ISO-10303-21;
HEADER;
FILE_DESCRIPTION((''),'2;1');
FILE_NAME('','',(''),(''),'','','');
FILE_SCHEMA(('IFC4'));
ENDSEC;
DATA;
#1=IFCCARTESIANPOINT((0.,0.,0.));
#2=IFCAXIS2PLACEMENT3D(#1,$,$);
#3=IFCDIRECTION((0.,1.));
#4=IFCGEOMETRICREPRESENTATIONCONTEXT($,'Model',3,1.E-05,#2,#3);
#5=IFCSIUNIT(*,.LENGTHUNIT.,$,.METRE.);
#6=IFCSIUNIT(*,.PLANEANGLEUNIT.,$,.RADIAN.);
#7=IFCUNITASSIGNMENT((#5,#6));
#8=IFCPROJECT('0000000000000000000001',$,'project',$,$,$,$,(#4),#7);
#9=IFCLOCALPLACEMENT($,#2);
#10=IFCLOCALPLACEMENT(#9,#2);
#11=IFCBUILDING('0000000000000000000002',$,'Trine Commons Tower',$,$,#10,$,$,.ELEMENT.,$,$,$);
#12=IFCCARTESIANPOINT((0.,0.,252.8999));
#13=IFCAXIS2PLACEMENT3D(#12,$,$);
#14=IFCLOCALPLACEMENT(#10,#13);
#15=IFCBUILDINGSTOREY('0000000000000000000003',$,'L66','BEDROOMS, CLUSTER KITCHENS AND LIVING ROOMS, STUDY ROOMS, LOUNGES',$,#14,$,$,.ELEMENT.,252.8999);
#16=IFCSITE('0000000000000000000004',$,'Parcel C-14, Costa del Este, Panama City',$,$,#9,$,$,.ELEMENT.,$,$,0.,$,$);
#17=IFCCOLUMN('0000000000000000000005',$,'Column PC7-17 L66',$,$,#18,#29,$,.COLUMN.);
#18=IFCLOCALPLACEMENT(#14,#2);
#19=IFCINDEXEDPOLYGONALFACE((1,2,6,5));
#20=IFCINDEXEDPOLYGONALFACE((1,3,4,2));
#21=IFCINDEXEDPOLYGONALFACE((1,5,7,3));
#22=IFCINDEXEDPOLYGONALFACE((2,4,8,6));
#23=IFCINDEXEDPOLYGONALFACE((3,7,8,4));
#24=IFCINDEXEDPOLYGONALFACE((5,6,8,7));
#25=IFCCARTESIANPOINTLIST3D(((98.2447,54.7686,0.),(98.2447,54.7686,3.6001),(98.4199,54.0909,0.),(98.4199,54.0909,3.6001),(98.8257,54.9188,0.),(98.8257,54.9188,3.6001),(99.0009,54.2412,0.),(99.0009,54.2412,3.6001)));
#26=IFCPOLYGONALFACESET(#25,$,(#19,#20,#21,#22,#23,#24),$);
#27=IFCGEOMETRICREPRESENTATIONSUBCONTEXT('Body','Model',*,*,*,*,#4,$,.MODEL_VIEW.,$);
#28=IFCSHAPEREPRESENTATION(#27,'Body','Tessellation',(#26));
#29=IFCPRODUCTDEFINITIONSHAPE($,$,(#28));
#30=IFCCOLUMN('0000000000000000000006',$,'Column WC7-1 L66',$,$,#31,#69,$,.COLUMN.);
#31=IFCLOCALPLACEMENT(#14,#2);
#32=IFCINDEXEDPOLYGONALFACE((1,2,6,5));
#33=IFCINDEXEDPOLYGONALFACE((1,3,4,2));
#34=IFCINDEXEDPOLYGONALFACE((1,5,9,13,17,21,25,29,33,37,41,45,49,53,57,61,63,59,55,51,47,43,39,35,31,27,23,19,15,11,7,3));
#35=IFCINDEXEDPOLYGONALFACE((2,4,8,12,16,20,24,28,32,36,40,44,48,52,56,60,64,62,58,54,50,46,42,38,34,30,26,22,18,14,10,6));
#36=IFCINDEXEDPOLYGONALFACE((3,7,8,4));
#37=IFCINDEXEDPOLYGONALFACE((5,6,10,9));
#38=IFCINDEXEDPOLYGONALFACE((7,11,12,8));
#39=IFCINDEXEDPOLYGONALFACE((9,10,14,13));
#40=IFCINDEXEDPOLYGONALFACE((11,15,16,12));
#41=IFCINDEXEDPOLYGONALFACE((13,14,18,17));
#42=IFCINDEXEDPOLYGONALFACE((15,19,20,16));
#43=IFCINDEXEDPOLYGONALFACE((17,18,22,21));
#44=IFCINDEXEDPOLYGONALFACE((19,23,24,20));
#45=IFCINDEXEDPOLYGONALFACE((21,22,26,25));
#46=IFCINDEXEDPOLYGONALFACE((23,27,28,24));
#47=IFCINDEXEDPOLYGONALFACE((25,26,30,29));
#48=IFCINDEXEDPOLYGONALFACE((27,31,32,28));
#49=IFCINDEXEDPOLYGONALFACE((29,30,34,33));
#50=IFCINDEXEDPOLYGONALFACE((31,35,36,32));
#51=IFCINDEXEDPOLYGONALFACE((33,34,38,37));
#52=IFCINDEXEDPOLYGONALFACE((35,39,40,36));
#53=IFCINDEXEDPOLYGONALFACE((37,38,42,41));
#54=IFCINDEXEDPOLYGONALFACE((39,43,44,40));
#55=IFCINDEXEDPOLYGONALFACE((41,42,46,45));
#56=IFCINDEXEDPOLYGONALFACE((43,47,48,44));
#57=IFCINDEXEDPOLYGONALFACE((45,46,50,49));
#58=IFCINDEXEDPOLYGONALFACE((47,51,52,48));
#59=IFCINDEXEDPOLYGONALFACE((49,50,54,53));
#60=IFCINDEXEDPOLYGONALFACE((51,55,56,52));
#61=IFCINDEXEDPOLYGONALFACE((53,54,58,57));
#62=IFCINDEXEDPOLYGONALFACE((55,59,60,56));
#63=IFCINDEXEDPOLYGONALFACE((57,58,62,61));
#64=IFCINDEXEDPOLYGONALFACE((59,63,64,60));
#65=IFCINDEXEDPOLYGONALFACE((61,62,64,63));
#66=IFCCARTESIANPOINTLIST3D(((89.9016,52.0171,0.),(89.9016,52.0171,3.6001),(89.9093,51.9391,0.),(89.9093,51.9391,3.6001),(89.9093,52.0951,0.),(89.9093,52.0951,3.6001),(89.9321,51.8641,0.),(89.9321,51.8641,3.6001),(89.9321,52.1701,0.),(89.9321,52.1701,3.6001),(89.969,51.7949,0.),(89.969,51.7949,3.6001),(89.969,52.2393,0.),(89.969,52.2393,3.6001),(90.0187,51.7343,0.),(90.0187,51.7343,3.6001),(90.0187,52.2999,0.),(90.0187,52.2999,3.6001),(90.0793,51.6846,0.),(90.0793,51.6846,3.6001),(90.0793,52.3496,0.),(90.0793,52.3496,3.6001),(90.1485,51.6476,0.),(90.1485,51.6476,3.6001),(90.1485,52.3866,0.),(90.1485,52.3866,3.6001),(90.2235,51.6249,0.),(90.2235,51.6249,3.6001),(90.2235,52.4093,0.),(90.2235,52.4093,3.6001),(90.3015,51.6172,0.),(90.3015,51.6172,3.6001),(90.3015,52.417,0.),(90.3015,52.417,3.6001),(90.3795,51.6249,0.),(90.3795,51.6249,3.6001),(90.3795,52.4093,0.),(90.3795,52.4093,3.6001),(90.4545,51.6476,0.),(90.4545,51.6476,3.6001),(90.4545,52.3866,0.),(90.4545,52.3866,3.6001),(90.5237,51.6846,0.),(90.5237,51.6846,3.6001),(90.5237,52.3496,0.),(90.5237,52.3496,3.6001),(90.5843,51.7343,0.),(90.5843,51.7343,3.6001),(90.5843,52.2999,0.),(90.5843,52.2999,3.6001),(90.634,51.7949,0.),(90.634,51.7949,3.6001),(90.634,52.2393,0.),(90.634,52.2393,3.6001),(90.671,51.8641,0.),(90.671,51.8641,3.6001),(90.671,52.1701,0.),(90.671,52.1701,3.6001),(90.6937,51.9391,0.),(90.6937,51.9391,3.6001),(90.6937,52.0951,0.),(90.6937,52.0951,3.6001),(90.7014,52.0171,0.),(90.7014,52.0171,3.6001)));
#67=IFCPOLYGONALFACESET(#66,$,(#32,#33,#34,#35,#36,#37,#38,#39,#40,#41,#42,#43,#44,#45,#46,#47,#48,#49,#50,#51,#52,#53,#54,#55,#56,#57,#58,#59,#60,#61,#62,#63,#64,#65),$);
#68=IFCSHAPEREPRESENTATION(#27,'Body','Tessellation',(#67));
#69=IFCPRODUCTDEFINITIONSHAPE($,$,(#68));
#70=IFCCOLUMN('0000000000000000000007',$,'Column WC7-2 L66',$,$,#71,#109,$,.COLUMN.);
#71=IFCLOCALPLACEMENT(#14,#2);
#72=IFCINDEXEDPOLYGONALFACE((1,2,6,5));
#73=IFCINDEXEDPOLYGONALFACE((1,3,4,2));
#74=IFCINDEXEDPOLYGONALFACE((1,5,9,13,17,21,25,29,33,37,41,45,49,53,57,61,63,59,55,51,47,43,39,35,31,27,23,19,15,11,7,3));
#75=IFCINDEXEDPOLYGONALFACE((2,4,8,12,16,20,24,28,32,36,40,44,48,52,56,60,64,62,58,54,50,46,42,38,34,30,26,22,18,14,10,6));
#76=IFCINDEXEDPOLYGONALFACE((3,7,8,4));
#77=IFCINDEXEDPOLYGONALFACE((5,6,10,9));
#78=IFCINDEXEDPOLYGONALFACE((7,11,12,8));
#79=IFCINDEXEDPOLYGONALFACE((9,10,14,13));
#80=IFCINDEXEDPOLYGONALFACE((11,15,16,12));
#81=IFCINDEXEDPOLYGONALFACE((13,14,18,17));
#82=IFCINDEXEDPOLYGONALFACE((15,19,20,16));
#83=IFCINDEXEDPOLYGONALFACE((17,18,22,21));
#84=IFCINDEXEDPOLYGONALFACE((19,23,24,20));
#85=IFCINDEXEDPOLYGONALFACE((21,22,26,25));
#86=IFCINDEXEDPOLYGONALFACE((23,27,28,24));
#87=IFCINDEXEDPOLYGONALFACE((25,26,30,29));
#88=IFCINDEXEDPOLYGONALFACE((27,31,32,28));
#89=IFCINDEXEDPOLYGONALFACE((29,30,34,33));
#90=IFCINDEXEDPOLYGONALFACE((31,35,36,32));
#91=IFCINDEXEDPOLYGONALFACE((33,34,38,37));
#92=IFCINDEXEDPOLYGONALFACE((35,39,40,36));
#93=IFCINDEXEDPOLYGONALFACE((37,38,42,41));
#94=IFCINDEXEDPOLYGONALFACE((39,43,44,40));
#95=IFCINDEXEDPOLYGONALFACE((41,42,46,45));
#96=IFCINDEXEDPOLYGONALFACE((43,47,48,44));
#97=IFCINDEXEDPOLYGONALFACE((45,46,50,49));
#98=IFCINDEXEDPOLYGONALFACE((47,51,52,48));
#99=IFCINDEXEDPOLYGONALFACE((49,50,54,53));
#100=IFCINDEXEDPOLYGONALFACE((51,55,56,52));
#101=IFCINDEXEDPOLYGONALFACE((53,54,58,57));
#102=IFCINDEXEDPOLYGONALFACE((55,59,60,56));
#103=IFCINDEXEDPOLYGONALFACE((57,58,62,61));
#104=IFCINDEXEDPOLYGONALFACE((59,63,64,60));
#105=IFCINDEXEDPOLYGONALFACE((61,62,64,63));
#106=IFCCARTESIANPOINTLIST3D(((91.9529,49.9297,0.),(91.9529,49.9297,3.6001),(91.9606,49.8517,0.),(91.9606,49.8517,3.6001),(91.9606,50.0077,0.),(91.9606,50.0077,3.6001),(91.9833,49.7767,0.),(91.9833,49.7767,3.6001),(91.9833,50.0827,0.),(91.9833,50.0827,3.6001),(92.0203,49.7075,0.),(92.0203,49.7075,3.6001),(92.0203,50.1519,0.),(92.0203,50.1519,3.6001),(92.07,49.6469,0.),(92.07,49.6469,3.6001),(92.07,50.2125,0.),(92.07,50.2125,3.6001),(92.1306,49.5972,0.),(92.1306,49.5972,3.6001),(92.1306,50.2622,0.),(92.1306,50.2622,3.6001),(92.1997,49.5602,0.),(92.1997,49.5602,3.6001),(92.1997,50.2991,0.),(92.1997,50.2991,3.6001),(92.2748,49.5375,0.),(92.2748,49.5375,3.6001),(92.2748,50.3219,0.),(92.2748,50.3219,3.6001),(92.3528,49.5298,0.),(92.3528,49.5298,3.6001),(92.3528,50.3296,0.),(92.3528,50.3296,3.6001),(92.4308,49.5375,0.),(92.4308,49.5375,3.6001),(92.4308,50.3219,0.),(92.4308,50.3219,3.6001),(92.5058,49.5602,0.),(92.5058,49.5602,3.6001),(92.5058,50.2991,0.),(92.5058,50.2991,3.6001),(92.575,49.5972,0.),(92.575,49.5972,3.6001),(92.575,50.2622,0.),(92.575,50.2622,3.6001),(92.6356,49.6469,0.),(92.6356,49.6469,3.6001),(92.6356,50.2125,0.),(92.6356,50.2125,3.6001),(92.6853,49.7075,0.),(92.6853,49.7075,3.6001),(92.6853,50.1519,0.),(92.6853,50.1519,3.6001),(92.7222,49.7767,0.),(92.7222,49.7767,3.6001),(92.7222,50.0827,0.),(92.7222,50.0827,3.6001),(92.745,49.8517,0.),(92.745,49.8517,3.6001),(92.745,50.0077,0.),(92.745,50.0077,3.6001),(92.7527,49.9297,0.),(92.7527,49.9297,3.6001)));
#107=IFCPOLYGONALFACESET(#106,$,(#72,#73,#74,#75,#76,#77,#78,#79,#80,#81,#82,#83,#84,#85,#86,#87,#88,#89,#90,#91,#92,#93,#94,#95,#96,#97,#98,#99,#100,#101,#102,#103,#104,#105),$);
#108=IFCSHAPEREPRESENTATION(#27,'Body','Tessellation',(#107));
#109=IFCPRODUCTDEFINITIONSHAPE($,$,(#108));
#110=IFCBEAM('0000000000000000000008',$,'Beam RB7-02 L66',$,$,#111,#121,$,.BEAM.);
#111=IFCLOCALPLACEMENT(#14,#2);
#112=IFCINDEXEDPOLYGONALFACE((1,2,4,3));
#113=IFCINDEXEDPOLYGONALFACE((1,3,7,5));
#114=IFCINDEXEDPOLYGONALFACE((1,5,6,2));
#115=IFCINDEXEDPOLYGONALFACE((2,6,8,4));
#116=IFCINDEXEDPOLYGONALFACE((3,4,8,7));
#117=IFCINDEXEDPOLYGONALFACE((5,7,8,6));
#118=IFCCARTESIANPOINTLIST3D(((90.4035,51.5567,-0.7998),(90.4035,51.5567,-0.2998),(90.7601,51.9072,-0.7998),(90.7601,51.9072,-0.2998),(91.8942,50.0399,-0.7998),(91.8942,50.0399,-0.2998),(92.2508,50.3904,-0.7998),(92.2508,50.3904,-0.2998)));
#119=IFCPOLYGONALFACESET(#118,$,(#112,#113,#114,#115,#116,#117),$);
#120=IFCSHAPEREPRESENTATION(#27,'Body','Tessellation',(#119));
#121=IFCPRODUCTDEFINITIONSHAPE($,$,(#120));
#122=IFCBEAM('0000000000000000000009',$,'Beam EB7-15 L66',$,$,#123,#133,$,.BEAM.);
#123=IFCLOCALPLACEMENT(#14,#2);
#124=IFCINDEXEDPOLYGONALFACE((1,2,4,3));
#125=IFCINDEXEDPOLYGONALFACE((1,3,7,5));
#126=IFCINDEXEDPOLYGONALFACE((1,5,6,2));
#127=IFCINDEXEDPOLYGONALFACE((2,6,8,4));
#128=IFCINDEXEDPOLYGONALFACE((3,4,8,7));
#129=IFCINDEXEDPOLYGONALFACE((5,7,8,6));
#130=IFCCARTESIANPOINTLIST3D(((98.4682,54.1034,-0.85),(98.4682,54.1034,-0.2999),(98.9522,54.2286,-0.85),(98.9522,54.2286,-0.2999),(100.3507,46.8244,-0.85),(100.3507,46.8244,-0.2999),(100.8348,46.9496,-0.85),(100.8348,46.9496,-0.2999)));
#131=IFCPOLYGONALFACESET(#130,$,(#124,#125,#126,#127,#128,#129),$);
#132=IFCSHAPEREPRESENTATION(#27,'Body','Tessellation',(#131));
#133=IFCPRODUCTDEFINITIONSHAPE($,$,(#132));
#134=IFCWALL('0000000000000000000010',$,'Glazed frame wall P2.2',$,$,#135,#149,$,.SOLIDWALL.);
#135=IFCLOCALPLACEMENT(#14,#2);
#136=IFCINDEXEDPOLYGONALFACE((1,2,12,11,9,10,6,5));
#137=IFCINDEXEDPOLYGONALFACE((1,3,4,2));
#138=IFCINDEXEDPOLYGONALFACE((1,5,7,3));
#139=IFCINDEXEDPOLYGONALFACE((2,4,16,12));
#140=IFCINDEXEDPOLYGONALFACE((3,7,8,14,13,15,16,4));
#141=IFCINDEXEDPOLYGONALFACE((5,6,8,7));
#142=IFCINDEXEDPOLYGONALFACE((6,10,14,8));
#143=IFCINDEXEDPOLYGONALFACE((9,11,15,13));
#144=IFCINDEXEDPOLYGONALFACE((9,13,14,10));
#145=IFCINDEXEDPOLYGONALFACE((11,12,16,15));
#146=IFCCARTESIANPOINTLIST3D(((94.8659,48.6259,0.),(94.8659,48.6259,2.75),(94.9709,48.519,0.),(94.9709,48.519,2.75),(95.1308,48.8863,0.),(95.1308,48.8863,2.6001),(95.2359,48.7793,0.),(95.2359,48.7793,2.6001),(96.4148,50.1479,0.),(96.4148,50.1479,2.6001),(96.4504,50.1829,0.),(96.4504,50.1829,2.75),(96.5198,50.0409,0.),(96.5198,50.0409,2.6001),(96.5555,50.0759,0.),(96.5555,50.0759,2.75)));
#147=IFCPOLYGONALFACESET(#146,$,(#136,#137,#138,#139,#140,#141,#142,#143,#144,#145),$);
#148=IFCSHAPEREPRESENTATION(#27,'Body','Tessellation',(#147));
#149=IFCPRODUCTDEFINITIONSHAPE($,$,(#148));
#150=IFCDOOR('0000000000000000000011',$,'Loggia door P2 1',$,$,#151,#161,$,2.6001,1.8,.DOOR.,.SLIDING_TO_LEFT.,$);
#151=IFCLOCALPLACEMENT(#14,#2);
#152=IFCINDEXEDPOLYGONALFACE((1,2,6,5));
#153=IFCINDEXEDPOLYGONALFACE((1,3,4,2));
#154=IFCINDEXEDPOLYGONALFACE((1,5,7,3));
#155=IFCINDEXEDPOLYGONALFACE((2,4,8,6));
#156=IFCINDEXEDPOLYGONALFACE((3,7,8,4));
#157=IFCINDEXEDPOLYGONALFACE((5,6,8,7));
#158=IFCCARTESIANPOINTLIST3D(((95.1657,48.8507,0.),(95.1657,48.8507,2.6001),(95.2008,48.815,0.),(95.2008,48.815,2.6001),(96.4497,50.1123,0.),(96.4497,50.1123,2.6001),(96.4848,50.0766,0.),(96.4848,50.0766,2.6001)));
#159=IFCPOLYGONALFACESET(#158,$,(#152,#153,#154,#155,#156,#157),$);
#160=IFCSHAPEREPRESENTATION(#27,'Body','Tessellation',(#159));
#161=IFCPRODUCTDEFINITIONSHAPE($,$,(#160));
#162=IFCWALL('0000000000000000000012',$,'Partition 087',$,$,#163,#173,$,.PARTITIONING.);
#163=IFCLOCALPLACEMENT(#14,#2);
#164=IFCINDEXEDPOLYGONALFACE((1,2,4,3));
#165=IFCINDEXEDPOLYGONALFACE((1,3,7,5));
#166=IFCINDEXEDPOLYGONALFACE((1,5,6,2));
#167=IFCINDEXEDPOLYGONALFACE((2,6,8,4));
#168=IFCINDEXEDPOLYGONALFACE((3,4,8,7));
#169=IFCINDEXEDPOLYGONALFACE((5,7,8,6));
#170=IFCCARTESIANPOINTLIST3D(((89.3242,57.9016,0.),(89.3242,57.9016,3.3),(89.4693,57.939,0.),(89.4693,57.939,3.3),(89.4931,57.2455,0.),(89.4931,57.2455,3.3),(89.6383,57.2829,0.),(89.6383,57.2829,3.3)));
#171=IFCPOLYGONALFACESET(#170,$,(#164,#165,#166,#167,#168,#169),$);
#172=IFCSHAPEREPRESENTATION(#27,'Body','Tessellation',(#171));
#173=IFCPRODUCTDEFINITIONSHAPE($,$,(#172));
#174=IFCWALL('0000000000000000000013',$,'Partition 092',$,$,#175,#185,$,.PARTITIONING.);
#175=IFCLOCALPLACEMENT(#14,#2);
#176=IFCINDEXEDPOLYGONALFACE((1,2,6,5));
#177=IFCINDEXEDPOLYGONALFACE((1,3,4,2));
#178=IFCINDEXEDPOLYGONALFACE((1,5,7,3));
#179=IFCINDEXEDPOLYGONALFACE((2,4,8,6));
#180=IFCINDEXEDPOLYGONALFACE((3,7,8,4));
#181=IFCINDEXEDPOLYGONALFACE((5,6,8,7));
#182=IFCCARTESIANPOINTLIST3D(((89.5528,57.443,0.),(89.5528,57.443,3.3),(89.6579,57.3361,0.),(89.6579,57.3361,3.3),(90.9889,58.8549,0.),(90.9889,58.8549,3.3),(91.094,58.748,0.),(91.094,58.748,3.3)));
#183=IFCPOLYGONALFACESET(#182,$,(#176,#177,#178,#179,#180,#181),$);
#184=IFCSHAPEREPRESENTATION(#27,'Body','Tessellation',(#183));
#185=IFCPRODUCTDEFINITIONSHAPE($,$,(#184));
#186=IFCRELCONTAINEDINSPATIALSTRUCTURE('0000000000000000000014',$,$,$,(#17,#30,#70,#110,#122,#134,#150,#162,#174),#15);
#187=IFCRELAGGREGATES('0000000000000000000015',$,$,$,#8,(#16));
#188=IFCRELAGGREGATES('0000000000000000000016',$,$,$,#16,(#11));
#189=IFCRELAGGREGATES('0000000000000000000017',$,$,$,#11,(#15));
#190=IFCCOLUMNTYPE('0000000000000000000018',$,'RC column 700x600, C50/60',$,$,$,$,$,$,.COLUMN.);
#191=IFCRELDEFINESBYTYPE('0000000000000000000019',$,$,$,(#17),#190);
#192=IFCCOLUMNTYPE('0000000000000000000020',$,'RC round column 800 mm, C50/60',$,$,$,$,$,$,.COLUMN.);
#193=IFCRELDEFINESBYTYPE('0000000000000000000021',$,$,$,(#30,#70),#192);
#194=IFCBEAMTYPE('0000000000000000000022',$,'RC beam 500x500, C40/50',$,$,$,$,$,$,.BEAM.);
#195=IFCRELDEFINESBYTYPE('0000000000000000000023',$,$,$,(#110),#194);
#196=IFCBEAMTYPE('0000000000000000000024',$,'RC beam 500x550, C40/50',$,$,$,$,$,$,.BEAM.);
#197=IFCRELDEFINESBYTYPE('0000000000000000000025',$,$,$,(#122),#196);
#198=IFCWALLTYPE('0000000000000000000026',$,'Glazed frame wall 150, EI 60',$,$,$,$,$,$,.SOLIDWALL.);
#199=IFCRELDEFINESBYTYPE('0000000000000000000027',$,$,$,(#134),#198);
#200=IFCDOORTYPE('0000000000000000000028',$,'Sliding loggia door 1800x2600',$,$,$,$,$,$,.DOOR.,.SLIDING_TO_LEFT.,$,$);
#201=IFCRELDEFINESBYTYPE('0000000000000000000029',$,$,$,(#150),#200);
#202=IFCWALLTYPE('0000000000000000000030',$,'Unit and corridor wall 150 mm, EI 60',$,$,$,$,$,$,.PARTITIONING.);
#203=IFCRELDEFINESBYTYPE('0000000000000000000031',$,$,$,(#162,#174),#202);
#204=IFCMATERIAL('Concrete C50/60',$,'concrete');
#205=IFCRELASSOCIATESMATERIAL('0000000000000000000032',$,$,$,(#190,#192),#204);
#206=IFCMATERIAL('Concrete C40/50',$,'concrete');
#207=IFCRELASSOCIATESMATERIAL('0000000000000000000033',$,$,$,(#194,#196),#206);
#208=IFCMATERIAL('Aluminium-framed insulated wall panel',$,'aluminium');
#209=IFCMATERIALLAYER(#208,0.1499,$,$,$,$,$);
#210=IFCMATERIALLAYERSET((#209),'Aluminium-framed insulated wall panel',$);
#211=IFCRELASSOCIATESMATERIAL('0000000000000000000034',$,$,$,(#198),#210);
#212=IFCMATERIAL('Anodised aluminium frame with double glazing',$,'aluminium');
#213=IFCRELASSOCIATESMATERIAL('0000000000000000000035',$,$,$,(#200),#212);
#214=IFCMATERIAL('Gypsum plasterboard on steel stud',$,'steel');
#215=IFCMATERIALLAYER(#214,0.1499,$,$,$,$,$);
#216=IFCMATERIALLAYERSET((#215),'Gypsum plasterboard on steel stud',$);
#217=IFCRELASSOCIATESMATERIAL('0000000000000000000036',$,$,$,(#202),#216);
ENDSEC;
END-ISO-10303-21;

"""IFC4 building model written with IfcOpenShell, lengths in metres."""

from ifc_helpers import new_model, si_unit, direction, frame, frame_2d, origin, origin_2d, place, context, subcontext, project, spatial, polyline, rectangle, circle, outline, extrude, material, layer, layer_set, material_profile, profile_set, type_object, element, fill, save


model = new_model("IFC4")

# Units and contexts
model_context = context("Model", 3, precision=1e-05, world=origin(), true_north=direction((0.0, 1.0)))
body_context = subcontext(model_context, "Body", "Model", "MODEL_VIEW")
ifc_project = project(units=[si_unit("LENGTHUNIT", "METRE"), si_unit("PLANEANGLEUNIT", "RADIAN")], contexts=[model_context])

# Site, building, storey
site_placement = place(None, origin())
site = spatial("IfcSite", under=ifc_project, at=site_placement, Name="Parcel C-14, Costa del Este, Panama City", CompositionType="ELEMENT", RefElevation=0.0)
building_placement = place(site_placement, origin())
building = spatial("IfcBuilding", under=site, at=building_placement, Name="Trine Commons Tower", CompositionType="ELEMENT")
storey_placement = place(building_placement, frame((0.0, 0.0, 252.8999)))
storey = spatial("IfcBuildingStorey", under=building, at=storey_placement, Name="L66", Description="BEDROOMS, CLUSTER KITCHENS AND LIVING ROOMS, STUDY ROOMS, LOUNGES", CompositionType="ELEMENT", Elevation=252.8999)

# Columns
ifc_material_1 = material(Name="Concrete C50/60", Category="concrete")
ifc_material_profile_1 = material_profile(ifc_material_1, rectangle(XDim=0.7, YDim=0.6001, at=origin_2d()), Name="RC 700x600")
ifc_profile_set_1 = profile_set([ifc_material_profile_1], Name="Concrete C50/60")
column_type_1 = type_object("IfcColumnType", Name="RC column 700x600, C50/60", PredefinedType="COLUMN", material=ifc_profile_set_1)
column_placement = place(storey_placement, frame((98.6228, 54.5049, 0.0), z_axis=(0.0, 0.0, 1.0), x_axis=(-0.25038, 0.968148, 0.0)))
element("IfcColumn", 1, at=column_placement, inside=storey, type_object=column_type_1, Name="Column PC7-17 L66", PredefinedType="COLUMN", context=body_context, shape_type="SweptSolid", body=[
    extrude(rectangle(XDim=0.7, YDim=0.6001, at=origin_2d()), origin(), (0.0, 0.0, 1.0), 3.6001),
])
ifc_material_profile_2 = material_profile(ifc_material_1, circle(Radius=0.3999, at=origin_2d()), Name="RC round 800")
ifc_profile_set_2 = profile_set([ifc_material_profile_2], Name="Concrete C50/60")
column_type_2 = type_object("IfcColumnType", Name="RC round column 800 mm, C50/60", PredefinedType="COLUMN", material=ifc_profile_set_2)
for number, where, z_axis, x_axis, name in (
    (2, (90.3015, 52.0171, 0.0), (0.0, 0.0, 1.0), (1.0, 0.0, 0.0), "Column WC7-1 L66"),
    (3, (92.3528, 49.9297, 0.0), (0.0, 0.0, 1.0), (1.0, 0.0, 0.0), "Column WC7-2 L66"),
):
    element("IfcColumn", number, at=place(storey_placement, frame(where, z_axis=z_axis, x_axis=x_axis)), inside=storey, type_object=column_type_2, Name=name, PredefinedType="COLUMN", context=body_context, shape_type="SweptSolid", body=[
        extrude(circle(Radius=0.3999, at=origin_2d()), origin(), (0.0, 0.0, 1.0), 3.6001),
    ])

# Beams
ifc_material_2 = material(Name="Concrete C40/50", Category="concrete")
ifc_material_profile_3 = material_profile(ifc_material_2, rectangle(XDim=0.5, YDim=0.5, at=origin_2d()), Name="RC 500x500")
ifc_profile_set_3 = profile_set([ifc_material_profile_3], Name="Concrete C40/50")
beam_type_1 = type_object("IfcBeamType", Name="RC beam 500x500, C40/50", PredefinedType="BEAM", material=ifc_profile_set_3)
beam_1_placement = place(storey_placement, frame((90.5818, 51.7319, -0.5498), z_axis=(0.700939, -0.713222, 0.0), x_axis=(0.713222, 0.700939, 0.0)))
element("IfcBeam", 4, at=beam_1_placement, inside=storey, type_object=beam_type_1, Name="Beam RB7-02 L66", PredefinedType="BEAM", context=body_context, shape_type="SweptSolid", body=[
    extrude(rectangle(XDim=0.5, YDim=0.5, at=origin_2d()), origin(), (0.0, 0.0, 1.0), 2.1267),
])
ifc_material_profile_4 = material_profile(ifc_material_2, rectangle(XDim=0.5, YDim=0.55, at=origin_2d()), Name="RC 500x550")
ifc_profile_set_4 = profile_set([ifc_material_profile_4], Name="Concrete C40/50")
beam_type_2 = type_object("IfcBeamType", Name="RC beam 500x550, C40/50", PredefinedType="BEAM", material=ifc_profile_set_4)
beam_2_placement = place(storey_placement, frame((98.7102, 54.166, -0.575), z_axis=(0.25039, -0.968145, 0.0), x_axis=(0.968145, 0.25039, 0.0)))
element("IfcBeam", 5, at=beam_2_placement, inside=storey, type_object=beam_type_2, Name="Beam EB7-15 L66", PredefinedType="BEAM", context=body_context, shape_type="SweptSolid", body=[
    extrude(rectangle(XDim=0.5, YDim=0.55, at=origin_2d()), origin(), (0.0, 0.0, 1.0), 7.5186),
])

# Shared definitions
ifc_material_3 = material(Name="Aluminium-framed insulated wall panel", Category="aluminium")
ifc_layer_1 = layer(ifc_material_3, 0.1499)
ifc_layer_set_1 = layer_set([ifc_layer_1], Name="Aluminium-framed insulated wall panel")
wall_type_1 = type_object("IfcWallType", Name="Glazed frame wall 150, EI 60", PredefinedType="SOLIDWALL", material=ifc_layer_set_1)

# Wall, opening, door
wall_1_placement = place(storey_placement, frame((96.5029, 50.1294, 0.0), z_axis=(0.0, 0.0, 1.0), x_axis=(-0.713289, -0.70087, 0.0)))
wall_1 = element("IfcWall", 6, at=wall_1_placement, inside=storey, type_object=wall_type_1, Name="Glazed frame wall P2.2", PredefinedType="SOLIDWALL", context=body_context, shape_type="SweptSolid", body=[
    extrude(outline(polyline([(0.0, -0.075), (2.2214, -0.075), (2.2214, 0.075), (0.0, 0.075), (0.0, -0.075)])), origin(), (0.0, 0.0, 1.0), 2.75),
])
opening_1_placement = place(wall_1_placement, frame((0.05, 0.0, 0.0)))
opening_1 = element("IfcOpeningElement", 7, at=opening_1_placement, cuts=wall_1, PredefinedType="OPENING", context=body_context, shape_type="SweptSolid", body=[
    extrude(rectangle(XDim=1.8, YDim=2.6001, at=frame_2d((0.8999, 1.3))), frame((0.0, 0.085, 0.0), z_axis=(0.0, -1.0, 0.0), x_axis=(1.0, 0.0, 0.0)), (0.0, 0.0, 1.0), 0.1699),
])
ifc_material_4 = material(Name="Anodised aluminium frame with double glazing", Category="aluminium")
door_type_1 = type_object("IfcDoorType", Name="Sliding loggia door 1800x2600", OperationType="SLIDING_TO_LEFT", PredefinedType="DOOR", material=ifc_material_4)
door_1_placement = place(opening_1_placement, origin())
door_1 = element("IfcDoor", 8, at=door_1_placement, inside=storey, type_object=door_type_1, Name="Loggia door P2 1", OperationType="SLIDING_TO_LEFT", OverallHeight=2.6001, OverallWidth=1.8, PredefinedType="DOOR", context=body_context, shape_type="SweptSolid", body=[
    extrude(rectangle(XDim=1.8, YDim=2.6001, at=frame_2d((0.8999, 1.3))), frame((0.0, 0.0249, 0.0), z_axis=(0.0, -1.0, 0.0), x_axis=(1.0, 0.0, 0.0)), (0.0, 0.0, 1.0), 0.05),
])
fill(opening_1, door_1)

# Walls
ifc_material_5 = material(Name="Gypsum plasterboard on steel stud", Category="steel")
ifc_layer_2 = layer(ifc_material_5, 0.1499)
ifc_layer_set_2 = layer_set([ifc_layer_2], Name="Gypsum plasterboard on steel stud")
wall_type_2 = type_object("IfcWallType", Name="Unit and corridor wall 150 mm, EI 60", PredefinedType="PARTITIONING", material=ifc_layer_set_2)
wall_2_placement = place(storey_placement, frame((89.3967, 57.9204, 0.0), z_axis=(0.0, 0.0, 1.0), x_axis=(0.249398, -0.968401, 0.0)))
element("IfcWall", 9, at=wall_2_placement, inside=storey, type_object=wall_type_2, Name="Partition 087", PredefinedType="PARTITIONING", context=body_context, shape_type="SweptSolid", body=[
    extrude(rectangle(XDim=0.6775, YDim=0.1499, at=frame_2d((0.3389, 0.0))), origin(), (0.0, 0.0, 1.0), 3.3),
])
wall_3_placement = place(storey_placement, frame((89.6055, 57.3896, 0.0), z_axis=(0.0, 0.0, 1.0), x_axis=(0.713082, 0.70108, 0.0)))
element("IfcWall", 10, at=wall_3_placement, inside=storey, type_object=wall_type_2, Name="Partition 092", PredefinedType="PARTITIONING", context=body_context, shape_type="SweptSolid", body=[
    extrude(rectangle(XDim=2.0139, YDim=0.1499, at=frame_2d((1.0068, 0.0))), origin(), (0.0, 0.0, 1.0), 3.3),
])

save(model, "model.ifc")
